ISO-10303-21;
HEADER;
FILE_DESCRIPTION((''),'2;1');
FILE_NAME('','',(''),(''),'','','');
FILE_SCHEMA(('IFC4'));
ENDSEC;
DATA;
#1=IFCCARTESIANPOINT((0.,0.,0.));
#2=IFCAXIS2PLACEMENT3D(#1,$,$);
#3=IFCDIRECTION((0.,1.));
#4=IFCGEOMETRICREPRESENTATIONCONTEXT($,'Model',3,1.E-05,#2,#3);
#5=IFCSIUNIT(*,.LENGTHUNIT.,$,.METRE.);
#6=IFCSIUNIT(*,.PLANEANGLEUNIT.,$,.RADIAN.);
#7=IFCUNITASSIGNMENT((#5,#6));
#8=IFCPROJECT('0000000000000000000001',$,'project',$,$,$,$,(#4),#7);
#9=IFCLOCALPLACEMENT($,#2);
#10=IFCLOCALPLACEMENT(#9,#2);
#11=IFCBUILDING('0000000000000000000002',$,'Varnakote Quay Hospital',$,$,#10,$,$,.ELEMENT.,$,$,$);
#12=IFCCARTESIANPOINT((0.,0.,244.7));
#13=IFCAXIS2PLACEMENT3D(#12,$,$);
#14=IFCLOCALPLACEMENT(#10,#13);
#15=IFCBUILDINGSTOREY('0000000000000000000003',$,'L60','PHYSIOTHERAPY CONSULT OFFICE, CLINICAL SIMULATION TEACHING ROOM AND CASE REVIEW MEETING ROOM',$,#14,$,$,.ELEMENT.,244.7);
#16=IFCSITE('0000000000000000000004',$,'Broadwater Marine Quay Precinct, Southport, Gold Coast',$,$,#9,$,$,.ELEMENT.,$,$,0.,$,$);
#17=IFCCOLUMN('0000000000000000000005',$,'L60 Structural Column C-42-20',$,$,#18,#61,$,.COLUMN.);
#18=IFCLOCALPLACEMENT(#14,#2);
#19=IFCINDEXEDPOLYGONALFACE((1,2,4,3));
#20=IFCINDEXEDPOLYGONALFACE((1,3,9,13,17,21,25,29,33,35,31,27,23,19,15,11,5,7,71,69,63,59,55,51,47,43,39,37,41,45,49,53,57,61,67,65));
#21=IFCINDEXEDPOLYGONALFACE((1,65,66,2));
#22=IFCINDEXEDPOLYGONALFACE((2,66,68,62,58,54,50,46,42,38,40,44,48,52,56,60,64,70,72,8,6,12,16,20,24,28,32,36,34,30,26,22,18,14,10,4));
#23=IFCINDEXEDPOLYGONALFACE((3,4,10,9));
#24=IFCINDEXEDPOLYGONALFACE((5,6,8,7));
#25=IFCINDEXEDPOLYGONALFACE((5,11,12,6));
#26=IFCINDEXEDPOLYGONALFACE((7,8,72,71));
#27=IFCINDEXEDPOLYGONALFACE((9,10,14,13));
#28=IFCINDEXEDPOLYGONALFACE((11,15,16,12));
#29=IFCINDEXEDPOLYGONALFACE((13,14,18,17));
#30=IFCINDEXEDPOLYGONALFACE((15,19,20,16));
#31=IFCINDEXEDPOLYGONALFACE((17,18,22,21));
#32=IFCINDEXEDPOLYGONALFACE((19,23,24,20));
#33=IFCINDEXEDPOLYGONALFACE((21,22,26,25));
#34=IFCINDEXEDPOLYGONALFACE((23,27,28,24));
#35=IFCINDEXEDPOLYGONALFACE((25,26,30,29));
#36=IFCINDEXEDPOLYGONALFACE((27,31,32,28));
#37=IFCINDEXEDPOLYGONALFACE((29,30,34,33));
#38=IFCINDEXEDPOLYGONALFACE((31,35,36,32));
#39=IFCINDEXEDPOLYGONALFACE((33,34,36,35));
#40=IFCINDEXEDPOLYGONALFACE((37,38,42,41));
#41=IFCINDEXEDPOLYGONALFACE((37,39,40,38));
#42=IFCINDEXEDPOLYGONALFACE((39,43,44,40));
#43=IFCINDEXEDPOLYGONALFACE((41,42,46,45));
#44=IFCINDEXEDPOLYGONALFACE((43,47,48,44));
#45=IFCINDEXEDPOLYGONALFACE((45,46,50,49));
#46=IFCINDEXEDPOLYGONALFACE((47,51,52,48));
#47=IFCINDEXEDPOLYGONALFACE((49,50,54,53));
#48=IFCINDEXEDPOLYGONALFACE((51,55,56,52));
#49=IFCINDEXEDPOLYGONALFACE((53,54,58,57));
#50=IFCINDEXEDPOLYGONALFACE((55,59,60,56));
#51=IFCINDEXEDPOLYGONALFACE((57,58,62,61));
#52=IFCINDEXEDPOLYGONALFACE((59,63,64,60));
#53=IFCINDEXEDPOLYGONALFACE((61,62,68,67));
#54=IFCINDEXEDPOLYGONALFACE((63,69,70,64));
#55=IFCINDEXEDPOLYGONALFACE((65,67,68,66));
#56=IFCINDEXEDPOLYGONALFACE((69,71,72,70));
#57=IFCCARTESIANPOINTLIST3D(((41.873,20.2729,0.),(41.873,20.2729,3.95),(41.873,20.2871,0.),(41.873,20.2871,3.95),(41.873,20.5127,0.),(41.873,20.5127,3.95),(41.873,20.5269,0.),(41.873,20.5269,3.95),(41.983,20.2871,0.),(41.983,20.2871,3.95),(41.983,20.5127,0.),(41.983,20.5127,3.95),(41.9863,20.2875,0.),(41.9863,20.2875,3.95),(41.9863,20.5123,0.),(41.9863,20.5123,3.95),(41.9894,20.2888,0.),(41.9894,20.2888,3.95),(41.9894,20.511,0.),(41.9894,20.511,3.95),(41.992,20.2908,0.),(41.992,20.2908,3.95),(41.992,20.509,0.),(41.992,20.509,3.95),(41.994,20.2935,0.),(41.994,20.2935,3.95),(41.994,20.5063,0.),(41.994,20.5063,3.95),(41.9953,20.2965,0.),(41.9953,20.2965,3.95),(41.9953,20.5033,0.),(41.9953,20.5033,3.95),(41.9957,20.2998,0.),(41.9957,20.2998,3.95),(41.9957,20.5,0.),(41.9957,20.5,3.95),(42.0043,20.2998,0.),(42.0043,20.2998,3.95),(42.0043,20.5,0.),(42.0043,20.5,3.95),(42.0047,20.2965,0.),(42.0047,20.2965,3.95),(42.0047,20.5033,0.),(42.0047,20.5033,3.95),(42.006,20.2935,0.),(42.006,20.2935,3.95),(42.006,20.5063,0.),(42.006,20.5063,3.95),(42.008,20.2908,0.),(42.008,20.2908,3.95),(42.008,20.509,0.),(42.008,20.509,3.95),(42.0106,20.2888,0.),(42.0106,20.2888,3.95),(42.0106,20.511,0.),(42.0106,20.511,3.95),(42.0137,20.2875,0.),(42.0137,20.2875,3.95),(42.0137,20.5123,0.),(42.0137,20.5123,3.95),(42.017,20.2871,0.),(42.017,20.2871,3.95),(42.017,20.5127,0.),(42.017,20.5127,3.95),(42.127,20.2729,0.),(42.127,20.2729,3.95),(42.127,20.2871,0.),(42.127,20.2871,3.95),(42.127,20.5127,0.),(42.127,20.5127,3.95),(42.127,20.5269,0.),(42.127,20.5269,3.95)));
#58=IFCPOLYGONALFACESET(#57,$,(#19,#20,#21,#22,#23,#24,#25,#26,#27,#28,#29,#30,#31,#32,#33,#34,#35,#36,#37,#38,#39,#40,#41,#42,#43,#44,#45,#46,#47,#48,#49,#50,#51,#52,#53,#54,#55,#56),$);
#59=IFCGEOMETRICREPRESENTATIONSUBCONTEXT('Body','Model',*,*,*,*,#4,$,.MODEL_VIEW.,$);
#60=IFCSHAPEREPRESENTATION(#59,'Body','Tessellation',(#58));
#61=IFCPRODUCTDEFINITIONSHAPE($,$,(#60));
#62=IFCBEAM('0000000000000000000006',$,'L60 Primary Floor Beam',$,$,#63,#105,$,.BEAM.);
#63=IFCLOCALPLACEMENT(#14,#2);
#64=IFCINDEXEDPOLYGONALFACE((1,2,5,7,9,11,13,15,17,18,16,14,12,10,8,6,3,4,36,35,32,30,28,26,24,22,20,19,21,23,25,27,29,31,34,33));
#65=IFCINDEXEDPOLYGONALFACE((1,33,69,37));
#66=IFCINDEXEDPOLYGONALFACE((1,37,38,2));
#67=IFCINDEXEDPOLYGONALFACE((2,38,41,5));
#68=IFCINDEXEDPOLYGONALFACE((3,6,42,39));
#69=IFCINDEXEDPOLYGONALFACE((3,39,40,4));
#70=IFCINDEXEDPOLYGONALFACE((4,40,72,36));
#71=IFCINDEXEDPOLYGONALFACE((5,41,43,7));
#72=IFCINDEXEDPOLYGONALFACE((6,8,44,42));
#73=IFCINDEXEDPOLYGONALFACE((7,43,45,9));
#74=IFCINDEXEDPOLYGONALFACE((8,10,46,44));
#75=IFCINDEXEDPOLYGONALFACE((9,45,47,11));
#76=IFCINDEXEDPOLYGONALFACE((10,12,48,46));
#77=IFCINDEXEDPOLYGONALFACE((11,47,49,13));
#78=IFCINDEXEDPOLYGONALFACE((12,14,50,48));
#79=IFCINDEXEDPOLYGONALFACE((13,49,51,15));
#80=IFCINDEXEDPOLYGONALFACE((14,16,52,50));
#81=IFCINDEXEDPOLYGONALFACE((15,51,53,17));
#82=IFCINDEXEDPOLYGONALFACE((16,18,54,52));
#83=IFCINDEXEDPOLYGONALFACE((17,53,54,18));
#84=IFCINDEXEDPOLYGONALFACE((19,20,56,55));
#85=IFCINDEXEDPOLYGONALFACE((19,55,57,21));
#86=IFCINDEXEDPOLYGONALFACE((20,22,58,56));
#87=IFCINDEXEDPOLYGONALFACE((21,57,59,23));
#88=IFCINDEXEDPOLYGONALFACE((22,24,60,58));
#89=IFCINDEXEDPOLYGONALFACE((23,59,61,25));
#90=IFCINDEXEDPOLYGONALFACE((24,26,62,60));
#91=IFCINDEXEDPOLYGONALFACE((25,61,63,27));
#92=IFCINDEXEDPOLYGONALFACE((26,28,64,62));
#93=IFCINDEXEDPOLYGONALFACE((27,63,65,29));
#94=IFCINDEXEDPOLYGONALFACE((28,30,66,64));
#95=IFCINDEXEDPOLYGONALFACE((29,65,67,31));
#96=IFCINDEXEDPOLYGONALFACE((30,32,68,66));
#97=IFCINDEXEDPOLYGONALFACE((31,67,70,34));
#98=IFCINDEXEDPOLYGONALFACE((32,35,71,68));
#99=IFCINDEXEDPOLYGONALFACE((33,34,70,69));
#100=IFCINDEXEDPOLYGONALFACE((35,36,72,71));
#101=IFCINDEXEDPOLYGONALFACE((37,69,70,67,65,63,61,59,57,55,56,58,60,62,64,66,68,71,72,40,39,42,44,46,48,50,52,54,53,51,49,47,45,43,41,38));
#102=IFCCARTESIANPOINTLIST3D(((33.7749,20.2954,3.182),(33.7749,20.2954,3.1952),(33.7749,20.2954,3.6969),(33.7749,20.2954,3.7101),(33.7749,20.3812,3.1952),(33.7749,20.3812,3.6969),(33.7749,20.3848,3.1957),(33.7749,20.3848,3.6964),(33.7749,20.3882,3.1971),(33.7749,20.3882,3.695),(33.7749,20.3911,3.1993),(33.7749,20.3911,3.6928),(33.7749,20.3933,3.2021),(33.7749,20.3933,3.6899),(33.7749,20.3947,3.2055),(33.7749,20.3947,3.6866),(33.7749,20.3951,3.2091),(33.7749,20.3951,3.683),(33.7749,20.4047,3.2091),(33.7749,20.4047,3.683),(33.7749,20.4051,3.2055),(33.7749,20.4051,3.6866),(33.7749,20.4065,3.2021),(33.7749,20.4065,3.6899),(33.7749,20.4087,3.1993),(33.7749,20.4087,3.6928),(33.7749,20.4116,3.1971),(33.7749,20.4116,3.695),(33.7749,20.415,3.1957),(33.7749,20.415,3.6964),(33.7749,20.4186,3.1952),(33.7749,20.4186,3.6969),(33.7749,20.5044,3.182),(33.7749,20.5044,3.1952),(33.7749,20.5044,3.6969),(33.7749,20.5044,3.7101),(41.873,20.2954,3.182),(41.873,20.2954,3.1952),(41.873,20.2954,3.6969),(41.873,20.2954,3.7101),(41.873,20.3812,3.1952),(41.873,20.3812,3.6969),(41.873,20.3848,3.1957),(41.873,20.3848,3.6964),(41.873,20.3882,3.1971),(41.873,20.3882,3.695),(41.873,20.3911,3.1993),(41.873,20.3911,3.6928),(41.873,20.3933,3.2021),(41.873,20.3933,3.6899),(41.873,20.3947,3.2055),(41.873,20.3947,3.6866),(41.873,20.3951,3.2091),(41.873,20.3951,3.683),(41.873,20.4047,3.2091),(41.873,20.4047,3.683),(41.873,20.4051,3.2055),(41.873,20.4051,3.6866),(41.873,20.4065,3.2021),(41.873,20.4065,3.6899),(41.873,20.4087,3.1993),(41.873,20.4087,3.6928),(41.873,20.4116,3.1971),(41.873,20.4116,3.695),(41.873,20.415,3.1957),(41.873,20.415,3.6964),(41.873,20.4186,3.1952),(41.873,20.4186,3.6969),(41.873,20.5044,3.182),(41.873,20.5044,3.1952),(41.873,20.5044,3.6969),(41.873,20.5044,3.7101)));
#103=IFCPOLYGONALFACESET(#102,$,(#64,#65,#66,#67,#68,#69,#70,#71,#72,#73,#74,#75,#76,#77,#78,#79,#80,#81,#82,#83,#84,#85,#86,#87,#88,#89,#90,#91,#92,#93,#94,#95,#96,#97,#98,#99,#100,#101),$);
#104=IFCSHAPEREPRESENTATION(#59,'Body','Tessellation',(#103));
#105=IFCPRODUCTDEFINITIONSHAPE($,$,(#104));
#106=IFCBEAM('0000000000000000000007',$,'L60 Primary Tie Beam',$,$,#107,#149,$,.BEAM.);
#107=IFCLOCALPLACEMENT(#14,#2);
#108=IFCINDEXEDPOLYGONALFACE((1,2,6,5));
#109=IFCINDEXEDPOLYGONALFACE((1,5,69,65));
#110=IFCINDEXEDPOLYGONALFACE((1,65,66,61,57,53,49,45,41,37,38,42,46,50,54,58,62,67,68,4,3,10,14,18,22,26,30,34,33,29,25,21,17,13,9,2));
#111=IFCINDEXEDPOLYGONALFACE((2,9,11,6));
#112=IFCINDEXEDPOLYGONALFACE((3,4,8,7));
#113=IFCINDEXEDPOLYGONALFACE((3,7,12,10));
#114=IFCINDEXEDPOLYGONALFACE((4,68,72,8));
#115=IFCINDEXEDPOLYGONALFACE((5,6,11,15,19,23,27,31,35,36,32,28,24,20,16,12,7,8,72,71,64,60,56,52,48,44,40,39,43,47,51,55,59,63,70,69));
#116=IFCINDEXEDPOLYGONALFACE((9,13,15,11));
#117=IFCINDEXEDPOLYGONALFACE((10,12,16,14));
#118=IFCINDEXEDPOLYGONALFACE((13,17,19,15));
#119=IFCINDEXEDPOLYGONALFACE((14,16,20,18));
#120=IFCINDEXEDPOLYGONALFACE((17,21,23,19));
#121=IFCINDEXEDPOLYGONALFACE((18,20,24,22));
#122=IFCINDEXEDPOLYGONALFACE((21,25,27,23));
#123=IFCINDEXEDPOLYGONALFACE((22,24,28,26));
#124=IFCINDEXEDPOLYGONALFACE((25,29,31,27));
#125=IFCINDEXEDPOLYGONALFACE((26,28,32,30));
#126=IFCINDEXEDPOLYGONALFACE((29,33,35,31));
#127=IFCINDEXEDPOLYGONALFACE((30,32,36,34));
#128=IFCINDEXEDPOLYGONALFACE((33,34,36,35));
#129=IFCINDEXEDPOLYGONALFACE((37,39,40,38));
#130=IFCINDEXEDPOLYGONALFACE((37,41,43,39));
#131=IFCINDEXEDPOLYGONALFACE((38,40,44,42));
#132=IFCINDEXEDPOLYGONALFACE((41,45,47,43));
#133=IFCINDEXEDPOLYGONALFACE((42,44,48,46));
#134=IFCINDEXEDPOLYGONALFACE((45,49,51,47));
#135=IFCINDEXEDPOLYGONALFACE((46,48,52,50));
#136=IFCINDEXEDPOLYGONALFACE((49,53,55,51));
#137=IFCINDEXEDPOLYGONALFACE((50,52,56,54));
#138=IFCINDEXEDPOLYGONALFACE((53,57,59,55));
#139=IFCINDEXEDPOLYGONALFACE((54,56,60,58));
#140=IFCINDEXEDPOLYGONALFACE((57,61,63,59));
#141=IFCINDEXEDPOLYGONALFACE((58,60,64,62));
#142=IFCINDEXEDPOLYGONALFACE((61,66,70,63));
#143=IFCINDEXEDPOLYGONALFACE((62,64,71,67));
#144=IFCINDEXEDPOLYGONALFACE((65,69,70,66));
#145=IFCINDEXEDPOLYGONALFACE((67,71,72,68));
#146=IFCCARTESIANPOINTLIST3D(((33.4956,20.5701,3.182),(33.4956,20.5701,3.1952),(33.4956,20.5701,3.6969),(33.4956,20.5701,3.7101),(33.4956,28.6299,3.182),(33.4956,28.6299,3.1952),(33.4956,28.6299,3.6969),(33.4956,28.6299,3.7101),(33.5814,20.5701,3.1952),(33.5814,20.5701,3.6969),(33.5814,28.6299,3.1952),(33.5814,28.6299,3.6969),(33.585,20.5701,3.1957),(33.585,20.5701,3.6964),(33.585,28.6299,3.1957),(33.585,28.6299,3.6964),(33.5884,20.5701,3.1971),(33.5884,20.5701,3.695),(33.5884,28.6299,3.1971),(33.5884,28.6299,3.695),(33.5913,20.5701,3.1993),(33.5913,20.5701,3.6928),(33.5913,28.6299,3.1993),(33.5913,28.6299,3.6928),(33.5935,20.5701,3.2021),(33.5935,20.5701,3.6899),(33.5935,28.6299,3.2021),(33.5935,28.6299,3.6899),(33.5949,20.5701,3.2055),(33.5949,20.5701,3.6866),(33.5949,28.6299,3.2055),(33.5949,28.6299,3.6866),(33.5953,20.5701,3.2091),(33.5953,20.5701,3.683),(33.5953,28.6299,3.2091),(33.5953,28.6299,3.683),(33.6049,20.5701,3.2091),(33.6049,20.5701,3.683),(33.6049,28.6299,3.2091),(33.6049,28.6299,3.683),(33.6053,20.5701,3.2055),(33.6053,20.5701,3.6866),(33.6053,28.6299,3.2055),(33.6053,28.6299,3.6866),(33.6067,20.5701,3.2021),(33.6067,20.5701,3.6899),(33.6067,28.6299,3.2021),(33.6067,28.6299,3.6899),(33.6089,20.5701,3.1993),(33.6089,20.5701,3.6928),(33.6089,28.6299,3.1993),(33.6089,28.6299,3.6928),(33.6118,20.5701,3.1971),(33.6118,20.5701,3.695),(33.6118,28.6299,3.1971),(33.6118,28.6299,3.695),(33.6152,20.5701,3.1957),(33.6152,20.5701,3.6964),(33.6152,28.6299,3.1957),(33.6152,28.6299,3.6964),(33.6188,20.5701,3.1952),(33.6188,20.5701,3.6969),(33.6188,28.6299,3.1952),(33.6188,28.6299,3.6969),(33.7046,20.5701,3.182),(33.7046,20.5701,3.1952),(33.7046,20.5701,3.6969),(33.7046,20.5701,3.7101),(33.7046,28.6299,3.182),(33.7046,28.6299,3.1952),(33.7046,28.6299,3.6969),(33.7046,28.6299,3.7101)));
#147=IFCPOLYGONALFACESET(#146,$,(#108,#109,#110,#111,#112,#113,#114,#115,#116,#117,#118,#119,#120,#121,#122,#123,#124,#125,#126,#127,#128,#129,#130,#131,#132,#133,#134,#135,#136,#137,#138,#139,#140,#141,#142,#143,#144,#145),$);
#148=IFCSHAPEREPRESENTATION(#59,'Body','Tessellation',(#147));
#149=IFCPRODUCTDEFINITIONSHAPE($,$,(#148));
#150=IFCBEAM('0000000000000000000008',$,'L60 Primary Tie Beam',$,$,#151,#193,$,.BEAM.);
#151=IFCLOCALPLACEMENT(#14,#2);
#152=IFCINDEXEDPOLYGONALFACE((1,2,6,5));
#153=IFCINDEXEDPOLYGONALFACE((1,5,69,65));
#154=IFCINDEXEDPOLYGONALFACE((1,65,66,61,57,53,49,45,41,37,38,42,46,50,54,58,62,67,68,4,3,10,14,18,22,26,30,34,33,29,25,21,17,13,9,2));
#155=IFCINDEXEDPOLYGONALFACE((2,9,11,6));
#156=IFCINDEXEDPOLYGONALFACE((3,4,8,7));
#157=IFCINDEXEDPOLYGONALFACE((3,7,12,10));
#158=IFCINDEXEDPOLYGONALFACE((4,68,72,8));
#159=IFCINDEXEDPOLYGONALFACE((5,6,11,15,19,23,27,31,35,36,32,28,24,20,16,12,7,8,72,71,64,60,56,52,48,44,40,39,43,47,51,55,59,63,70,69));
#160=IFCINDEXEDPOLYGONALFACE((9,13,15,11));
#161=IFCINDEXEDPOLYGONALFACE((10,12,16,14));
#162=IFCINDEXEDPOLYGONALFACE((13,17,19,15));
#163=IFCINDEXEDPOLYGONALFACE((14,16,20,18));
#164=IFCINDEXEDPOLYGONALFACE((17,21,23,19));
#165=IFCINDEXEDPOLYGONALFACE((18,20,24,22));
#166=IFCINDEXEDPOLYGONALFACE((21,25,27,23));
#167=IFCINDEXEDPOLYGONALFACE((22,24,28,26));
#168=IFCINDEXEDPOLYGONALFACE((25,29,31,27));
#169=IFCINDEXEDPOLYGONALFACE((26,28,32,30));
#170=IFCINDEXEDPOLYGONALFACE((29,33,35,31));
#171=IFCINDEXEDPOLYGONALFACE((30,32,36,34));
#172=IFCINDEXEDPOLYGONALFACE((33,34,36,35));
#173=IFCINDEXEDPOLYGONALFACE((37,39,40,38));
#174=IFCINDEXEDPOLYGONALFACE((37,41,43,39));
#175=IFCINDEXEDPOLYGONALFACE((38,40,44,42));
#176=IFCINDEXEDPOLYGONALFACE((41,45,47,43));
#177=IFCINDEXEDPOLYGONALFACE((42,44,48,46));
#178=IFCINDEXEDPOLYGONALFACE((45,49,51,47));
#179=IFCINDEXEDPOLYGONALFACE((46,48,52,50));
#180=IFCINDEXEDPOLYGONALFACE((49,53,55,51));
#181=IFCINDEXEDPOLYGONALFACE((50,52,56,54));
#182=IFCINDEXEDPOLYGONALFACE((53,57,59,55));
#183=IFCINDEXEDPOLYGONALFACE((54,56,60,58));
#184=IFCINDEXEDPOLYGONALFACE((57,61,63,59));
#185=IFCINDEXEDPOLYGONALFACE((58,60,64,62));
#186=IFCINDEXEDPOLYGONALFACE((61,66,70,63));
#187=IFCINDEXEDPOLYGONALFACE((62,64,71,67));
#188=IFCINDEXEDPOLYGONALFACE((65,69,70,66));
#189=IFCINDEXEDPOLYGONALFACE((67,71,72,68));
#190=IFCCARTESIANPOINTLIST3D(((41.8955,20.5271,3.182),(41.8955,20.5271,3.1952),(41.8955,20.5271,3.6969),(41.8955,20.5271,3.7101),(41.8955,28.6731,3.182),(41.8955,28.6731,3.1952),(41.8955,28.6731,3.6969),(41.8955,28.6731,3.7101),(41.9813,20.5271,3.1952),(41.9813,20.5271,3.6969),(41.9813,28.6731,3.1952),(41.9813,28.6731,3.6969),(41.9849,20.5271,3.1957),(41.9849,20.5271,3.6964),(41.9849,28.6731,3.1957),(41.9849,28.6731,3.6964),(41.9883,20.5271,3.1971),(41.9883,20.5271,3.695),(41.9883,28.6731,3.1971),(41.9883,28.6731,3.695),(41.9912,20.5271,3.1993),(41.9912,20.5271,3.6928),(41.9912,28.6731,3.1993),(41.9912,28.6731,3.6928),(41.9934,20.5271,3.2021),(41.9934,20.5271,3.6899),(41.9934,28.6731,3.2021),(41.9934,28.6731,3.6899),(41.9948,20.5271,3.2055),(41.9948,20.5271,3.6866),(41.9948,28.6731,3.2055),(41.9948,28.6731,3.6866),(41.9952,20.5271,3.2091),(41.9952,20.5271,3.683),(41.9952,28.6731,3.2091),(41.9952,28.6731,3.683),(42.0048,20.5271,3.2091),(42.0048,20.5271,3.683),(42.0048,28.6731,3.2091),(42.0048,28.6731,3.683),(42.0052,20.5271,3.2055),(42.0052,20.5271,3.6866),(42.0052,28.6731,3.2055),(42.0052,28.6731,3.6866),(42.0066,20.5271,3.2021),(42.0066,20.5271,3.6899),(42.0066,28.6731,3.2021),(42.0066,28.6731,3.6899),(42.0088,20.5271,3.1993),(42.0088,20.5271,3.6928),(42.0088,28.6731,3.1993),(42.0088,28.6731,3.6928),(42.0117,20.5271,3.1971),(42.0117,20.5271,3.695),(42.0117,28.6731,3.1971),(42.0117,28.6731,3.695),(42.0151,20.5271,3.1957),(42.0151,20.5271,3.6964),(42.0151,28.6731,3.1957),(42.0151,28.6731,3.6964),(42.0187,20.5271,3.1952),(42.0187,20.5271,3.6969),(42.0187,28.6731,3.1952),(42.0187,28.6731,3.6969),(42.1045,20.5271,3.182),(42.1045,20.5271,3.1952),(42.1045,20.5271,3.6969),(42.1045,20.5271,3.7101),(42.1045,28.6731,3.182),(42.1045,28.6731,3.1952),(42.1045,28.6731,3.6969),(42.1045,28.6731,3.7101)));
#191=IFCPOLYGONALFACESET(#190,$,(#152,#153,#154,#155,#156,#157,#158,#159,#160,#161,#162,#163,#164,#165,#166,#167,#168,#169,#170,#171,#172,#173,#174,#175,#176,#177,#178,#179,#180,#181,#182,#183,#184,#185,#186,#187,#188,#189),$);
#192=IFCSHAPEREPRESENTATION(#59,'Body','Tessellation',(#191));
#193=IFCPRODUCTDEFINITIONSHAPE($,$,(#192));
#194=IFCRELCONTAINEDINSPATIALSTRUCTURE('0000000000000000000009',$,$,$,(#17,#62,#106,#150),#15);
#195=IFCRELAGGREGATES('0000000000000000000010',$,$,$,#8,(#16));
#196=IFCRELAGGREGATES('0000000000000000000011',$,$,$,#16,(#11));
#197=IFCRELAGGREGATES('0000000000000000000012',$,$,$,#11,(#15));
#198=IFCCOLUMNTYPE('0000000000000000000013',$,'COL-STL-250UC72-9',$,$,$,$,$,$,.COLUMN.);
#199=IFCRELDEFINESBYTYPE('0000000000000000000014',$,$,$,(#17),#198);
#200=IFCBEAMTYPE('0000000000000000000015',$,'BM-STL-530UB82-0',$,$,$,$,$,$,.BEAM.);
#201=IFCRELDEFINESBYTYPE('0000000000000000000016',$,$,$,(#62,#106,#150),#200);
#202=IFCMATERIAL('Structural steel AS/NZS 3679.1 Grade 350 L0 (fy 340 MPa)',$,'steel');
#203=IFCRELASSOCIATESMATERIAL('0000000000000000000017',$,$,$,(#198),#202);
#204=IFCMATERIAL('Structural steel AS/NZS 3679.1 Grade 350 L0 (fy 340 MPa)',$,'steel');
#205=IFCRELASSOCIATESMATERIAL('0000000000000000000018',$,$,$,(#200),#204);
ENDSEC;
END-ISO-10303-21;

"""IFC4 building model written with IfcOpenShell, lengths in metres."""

from ifc_helpers import new_model, si_unit, direction, frame, origin, origin_2d, place, context, subcontext, project, spatial, i_section, extrude, material, material_profile, profile_set, type_object, element, save


model = new_model("IFC4")

# Units and contexts
model_context = context("Model", 3, precision=1e-05, world=origin(), true_north=direction((0.0, 1.0)))
body_context = subcontext(model_context, "Body", "Model", "MODEL_VIEW")
ifc_project = project(units=[si_unit("LENGTHUNIT", "METRE"), si_unit("PLANEANGLEUNIT", "RADIAN")], contexts=[model_context])

# Site, building, storey
site_placement = place(None, origin())
site = spatial("IfcSite", under=ifc_project, at=site_placement, Name="Broadwater Marine Quay Precinct, Southport, Gold Coast", CompositionType="ELEMENT", RefElevation=0.0)
building_placement = place(site_placement, origin())
building = spatial("IfcBuilding", under=site, at=building_placement, Name="Varnakote Quay Hospital", CompositionType="ELEMENT")
storey_placement = place(building_placement, frame((0.0, 0.0, 244.7)))
storey = spatial("IfcBuildingStorey", under=building, at=storey_placement, Name="L60", Description="PHYSIOTHERAPY CONSULT OFFICE, CLINICAL SIMULATION TEACHING ROOM AND CASE REVIEW MEETING ROOM", CompositionType="ELEMENT", Elevation=244.7)

# Column
ifc_material_1 = material(Name="Structural steel AS/NZS 3679.1 Grade 350 L0 (fy 340 MPa)", Category="steel")
ifc_material_profile_1 = material_profile(ifc_material_1, i_section(OverallWidth=0.2539, OverallDepth=0.2539, WebThickness=0.0085, FlangeThickness=0.0142, FilletRadius=0.0127, at=origin_2d()), Name="250UC72.9")
ifc_profile_set_1 = profile_set([ifc_material_profile_1], Name="Structural steel AS/NZS 3679.1 Grade 350 L0 (fy 340 MPa)")
column_type = type_object("IfcColumnType", Name="COL-STL-250UC72-9", PredefinedType="COLUMN", material=ifc_profile_set_1)
column_placement = place(storey_placement, frame((42.0, 20.3999, 0.0), z_axis=(0.0, 0.0, 1.0), x_axis=(1.0, 0.0, 0.0)))
element("IfcColumn", 1, at=column_placement, inside=storey, type_object=column_type, Name="L60 Structural Column C-42-20", PredefinedType="COLUMN", context=body_context, shape_type="SweptSolid", body=[
    extrude(i_section(OverallWidth=0.2539, OverallDepth=0.2539, WebThickness=0.0085, FlangeThickness=0.0142, FilletRadius=0.0127, at=origin_2d()), origin(), (0.0, 0.0, 1.0), 3.95),
])

# Beams
ifc_material_2 = material(Name="Structural steel AS/NZS 3679.1 Grade 350 L0 (fy 340 MPa)", Category="steel")
ifc_material_profile_2 = material_profile(ifc_material_2, i_section(OverallWidth=0.209, OverallDepth=0.5281, WebThickness=0.0095, FlangeThickness=0.0132, FilletRadius=0.0139, at=origin_2d()), Name="530UB82.0")
ifc_profile_set_2 = profile_set([ifc_material_profile_2], Name="Structural steel AS/NZS 3679.1 Grade 350 L0 (fy 340 MPa)")
beam_type_1 = type_object("IfcBeamType", Name="BM-STL-530UB82-0", PredefinedType="BEAM", material=ifc_profile_set_2)
beam_1_placement = place(storey_placement, frame((33.7749, 20.3999, 3.446), z_axis=(1.0, 0.0, 0.0), x_axis=(0.0, 1.0, 0.0)))
element("IfcBeam", 2, at=beam_1_placement, inside=storey, type_object=beam_type_1, Name="L60 Primary Floor Beam", PredefinedType="BEAM", context=body_context, shape_type="SweptSolid", body=[
    extrude(i_section(OverallWidth=0.209, OverallDepth=0.5281, WebThickness=0.0095, FlangeThickness=0.0132, FilletRadius=0.0139, at=origin_2d()), origin(), (0.0, 0.0, 1.0), 8.0981),
])
beam_2_placement = place(storey_placement, frame((33.6001, 20.5701, 3.446), z_axis=(0.0, 1.0, 0.0), x_axis=(-1.0, 0.0, 0.0)))
element("IfcBeam", 3, at=beam_2_placement, inside=storey, type_object=beam_type_1, Name="L60 Primary Tie Beam", PredefinedType="BEAM", context=body_context, shape_type="SweptSolid", body=[
    extrude(i_section(OverallWidth=0.209, OverallDepth=0.5281, WebThickness=0.0095, FlangeThickness=0.0132, FilletRadius=0.0139, at=origin_2d()), origin(), (0.0, 0.0, 1.0), 8.0598),
])
beam_3_placement = place(storey_placement, frame((42.0, 20.5271, 3.446), z_axis=(0.0, 1.0, 0.0), x_axis=(-1.0, 0.0, 0.0)))
element("IfcBeam", 4, at=beam_3_placement, inside=storey, type_object=beam_type_1, Name="L60 Primary Tie Beam", PredefinedType="BEAM", context=body_context, shape_type="SweptSolid", body=[
    extrude(i_section(OverallWidth=0.209, OverallDepth=0.5281, WebThickness=0.0095, FlangeThickness=0.0132, FilletRadius=0.0139, at=origin_2d()), origin(), (0.0, 0.0, 1.0), 8.146),
])

save(model, "model.ifc")
